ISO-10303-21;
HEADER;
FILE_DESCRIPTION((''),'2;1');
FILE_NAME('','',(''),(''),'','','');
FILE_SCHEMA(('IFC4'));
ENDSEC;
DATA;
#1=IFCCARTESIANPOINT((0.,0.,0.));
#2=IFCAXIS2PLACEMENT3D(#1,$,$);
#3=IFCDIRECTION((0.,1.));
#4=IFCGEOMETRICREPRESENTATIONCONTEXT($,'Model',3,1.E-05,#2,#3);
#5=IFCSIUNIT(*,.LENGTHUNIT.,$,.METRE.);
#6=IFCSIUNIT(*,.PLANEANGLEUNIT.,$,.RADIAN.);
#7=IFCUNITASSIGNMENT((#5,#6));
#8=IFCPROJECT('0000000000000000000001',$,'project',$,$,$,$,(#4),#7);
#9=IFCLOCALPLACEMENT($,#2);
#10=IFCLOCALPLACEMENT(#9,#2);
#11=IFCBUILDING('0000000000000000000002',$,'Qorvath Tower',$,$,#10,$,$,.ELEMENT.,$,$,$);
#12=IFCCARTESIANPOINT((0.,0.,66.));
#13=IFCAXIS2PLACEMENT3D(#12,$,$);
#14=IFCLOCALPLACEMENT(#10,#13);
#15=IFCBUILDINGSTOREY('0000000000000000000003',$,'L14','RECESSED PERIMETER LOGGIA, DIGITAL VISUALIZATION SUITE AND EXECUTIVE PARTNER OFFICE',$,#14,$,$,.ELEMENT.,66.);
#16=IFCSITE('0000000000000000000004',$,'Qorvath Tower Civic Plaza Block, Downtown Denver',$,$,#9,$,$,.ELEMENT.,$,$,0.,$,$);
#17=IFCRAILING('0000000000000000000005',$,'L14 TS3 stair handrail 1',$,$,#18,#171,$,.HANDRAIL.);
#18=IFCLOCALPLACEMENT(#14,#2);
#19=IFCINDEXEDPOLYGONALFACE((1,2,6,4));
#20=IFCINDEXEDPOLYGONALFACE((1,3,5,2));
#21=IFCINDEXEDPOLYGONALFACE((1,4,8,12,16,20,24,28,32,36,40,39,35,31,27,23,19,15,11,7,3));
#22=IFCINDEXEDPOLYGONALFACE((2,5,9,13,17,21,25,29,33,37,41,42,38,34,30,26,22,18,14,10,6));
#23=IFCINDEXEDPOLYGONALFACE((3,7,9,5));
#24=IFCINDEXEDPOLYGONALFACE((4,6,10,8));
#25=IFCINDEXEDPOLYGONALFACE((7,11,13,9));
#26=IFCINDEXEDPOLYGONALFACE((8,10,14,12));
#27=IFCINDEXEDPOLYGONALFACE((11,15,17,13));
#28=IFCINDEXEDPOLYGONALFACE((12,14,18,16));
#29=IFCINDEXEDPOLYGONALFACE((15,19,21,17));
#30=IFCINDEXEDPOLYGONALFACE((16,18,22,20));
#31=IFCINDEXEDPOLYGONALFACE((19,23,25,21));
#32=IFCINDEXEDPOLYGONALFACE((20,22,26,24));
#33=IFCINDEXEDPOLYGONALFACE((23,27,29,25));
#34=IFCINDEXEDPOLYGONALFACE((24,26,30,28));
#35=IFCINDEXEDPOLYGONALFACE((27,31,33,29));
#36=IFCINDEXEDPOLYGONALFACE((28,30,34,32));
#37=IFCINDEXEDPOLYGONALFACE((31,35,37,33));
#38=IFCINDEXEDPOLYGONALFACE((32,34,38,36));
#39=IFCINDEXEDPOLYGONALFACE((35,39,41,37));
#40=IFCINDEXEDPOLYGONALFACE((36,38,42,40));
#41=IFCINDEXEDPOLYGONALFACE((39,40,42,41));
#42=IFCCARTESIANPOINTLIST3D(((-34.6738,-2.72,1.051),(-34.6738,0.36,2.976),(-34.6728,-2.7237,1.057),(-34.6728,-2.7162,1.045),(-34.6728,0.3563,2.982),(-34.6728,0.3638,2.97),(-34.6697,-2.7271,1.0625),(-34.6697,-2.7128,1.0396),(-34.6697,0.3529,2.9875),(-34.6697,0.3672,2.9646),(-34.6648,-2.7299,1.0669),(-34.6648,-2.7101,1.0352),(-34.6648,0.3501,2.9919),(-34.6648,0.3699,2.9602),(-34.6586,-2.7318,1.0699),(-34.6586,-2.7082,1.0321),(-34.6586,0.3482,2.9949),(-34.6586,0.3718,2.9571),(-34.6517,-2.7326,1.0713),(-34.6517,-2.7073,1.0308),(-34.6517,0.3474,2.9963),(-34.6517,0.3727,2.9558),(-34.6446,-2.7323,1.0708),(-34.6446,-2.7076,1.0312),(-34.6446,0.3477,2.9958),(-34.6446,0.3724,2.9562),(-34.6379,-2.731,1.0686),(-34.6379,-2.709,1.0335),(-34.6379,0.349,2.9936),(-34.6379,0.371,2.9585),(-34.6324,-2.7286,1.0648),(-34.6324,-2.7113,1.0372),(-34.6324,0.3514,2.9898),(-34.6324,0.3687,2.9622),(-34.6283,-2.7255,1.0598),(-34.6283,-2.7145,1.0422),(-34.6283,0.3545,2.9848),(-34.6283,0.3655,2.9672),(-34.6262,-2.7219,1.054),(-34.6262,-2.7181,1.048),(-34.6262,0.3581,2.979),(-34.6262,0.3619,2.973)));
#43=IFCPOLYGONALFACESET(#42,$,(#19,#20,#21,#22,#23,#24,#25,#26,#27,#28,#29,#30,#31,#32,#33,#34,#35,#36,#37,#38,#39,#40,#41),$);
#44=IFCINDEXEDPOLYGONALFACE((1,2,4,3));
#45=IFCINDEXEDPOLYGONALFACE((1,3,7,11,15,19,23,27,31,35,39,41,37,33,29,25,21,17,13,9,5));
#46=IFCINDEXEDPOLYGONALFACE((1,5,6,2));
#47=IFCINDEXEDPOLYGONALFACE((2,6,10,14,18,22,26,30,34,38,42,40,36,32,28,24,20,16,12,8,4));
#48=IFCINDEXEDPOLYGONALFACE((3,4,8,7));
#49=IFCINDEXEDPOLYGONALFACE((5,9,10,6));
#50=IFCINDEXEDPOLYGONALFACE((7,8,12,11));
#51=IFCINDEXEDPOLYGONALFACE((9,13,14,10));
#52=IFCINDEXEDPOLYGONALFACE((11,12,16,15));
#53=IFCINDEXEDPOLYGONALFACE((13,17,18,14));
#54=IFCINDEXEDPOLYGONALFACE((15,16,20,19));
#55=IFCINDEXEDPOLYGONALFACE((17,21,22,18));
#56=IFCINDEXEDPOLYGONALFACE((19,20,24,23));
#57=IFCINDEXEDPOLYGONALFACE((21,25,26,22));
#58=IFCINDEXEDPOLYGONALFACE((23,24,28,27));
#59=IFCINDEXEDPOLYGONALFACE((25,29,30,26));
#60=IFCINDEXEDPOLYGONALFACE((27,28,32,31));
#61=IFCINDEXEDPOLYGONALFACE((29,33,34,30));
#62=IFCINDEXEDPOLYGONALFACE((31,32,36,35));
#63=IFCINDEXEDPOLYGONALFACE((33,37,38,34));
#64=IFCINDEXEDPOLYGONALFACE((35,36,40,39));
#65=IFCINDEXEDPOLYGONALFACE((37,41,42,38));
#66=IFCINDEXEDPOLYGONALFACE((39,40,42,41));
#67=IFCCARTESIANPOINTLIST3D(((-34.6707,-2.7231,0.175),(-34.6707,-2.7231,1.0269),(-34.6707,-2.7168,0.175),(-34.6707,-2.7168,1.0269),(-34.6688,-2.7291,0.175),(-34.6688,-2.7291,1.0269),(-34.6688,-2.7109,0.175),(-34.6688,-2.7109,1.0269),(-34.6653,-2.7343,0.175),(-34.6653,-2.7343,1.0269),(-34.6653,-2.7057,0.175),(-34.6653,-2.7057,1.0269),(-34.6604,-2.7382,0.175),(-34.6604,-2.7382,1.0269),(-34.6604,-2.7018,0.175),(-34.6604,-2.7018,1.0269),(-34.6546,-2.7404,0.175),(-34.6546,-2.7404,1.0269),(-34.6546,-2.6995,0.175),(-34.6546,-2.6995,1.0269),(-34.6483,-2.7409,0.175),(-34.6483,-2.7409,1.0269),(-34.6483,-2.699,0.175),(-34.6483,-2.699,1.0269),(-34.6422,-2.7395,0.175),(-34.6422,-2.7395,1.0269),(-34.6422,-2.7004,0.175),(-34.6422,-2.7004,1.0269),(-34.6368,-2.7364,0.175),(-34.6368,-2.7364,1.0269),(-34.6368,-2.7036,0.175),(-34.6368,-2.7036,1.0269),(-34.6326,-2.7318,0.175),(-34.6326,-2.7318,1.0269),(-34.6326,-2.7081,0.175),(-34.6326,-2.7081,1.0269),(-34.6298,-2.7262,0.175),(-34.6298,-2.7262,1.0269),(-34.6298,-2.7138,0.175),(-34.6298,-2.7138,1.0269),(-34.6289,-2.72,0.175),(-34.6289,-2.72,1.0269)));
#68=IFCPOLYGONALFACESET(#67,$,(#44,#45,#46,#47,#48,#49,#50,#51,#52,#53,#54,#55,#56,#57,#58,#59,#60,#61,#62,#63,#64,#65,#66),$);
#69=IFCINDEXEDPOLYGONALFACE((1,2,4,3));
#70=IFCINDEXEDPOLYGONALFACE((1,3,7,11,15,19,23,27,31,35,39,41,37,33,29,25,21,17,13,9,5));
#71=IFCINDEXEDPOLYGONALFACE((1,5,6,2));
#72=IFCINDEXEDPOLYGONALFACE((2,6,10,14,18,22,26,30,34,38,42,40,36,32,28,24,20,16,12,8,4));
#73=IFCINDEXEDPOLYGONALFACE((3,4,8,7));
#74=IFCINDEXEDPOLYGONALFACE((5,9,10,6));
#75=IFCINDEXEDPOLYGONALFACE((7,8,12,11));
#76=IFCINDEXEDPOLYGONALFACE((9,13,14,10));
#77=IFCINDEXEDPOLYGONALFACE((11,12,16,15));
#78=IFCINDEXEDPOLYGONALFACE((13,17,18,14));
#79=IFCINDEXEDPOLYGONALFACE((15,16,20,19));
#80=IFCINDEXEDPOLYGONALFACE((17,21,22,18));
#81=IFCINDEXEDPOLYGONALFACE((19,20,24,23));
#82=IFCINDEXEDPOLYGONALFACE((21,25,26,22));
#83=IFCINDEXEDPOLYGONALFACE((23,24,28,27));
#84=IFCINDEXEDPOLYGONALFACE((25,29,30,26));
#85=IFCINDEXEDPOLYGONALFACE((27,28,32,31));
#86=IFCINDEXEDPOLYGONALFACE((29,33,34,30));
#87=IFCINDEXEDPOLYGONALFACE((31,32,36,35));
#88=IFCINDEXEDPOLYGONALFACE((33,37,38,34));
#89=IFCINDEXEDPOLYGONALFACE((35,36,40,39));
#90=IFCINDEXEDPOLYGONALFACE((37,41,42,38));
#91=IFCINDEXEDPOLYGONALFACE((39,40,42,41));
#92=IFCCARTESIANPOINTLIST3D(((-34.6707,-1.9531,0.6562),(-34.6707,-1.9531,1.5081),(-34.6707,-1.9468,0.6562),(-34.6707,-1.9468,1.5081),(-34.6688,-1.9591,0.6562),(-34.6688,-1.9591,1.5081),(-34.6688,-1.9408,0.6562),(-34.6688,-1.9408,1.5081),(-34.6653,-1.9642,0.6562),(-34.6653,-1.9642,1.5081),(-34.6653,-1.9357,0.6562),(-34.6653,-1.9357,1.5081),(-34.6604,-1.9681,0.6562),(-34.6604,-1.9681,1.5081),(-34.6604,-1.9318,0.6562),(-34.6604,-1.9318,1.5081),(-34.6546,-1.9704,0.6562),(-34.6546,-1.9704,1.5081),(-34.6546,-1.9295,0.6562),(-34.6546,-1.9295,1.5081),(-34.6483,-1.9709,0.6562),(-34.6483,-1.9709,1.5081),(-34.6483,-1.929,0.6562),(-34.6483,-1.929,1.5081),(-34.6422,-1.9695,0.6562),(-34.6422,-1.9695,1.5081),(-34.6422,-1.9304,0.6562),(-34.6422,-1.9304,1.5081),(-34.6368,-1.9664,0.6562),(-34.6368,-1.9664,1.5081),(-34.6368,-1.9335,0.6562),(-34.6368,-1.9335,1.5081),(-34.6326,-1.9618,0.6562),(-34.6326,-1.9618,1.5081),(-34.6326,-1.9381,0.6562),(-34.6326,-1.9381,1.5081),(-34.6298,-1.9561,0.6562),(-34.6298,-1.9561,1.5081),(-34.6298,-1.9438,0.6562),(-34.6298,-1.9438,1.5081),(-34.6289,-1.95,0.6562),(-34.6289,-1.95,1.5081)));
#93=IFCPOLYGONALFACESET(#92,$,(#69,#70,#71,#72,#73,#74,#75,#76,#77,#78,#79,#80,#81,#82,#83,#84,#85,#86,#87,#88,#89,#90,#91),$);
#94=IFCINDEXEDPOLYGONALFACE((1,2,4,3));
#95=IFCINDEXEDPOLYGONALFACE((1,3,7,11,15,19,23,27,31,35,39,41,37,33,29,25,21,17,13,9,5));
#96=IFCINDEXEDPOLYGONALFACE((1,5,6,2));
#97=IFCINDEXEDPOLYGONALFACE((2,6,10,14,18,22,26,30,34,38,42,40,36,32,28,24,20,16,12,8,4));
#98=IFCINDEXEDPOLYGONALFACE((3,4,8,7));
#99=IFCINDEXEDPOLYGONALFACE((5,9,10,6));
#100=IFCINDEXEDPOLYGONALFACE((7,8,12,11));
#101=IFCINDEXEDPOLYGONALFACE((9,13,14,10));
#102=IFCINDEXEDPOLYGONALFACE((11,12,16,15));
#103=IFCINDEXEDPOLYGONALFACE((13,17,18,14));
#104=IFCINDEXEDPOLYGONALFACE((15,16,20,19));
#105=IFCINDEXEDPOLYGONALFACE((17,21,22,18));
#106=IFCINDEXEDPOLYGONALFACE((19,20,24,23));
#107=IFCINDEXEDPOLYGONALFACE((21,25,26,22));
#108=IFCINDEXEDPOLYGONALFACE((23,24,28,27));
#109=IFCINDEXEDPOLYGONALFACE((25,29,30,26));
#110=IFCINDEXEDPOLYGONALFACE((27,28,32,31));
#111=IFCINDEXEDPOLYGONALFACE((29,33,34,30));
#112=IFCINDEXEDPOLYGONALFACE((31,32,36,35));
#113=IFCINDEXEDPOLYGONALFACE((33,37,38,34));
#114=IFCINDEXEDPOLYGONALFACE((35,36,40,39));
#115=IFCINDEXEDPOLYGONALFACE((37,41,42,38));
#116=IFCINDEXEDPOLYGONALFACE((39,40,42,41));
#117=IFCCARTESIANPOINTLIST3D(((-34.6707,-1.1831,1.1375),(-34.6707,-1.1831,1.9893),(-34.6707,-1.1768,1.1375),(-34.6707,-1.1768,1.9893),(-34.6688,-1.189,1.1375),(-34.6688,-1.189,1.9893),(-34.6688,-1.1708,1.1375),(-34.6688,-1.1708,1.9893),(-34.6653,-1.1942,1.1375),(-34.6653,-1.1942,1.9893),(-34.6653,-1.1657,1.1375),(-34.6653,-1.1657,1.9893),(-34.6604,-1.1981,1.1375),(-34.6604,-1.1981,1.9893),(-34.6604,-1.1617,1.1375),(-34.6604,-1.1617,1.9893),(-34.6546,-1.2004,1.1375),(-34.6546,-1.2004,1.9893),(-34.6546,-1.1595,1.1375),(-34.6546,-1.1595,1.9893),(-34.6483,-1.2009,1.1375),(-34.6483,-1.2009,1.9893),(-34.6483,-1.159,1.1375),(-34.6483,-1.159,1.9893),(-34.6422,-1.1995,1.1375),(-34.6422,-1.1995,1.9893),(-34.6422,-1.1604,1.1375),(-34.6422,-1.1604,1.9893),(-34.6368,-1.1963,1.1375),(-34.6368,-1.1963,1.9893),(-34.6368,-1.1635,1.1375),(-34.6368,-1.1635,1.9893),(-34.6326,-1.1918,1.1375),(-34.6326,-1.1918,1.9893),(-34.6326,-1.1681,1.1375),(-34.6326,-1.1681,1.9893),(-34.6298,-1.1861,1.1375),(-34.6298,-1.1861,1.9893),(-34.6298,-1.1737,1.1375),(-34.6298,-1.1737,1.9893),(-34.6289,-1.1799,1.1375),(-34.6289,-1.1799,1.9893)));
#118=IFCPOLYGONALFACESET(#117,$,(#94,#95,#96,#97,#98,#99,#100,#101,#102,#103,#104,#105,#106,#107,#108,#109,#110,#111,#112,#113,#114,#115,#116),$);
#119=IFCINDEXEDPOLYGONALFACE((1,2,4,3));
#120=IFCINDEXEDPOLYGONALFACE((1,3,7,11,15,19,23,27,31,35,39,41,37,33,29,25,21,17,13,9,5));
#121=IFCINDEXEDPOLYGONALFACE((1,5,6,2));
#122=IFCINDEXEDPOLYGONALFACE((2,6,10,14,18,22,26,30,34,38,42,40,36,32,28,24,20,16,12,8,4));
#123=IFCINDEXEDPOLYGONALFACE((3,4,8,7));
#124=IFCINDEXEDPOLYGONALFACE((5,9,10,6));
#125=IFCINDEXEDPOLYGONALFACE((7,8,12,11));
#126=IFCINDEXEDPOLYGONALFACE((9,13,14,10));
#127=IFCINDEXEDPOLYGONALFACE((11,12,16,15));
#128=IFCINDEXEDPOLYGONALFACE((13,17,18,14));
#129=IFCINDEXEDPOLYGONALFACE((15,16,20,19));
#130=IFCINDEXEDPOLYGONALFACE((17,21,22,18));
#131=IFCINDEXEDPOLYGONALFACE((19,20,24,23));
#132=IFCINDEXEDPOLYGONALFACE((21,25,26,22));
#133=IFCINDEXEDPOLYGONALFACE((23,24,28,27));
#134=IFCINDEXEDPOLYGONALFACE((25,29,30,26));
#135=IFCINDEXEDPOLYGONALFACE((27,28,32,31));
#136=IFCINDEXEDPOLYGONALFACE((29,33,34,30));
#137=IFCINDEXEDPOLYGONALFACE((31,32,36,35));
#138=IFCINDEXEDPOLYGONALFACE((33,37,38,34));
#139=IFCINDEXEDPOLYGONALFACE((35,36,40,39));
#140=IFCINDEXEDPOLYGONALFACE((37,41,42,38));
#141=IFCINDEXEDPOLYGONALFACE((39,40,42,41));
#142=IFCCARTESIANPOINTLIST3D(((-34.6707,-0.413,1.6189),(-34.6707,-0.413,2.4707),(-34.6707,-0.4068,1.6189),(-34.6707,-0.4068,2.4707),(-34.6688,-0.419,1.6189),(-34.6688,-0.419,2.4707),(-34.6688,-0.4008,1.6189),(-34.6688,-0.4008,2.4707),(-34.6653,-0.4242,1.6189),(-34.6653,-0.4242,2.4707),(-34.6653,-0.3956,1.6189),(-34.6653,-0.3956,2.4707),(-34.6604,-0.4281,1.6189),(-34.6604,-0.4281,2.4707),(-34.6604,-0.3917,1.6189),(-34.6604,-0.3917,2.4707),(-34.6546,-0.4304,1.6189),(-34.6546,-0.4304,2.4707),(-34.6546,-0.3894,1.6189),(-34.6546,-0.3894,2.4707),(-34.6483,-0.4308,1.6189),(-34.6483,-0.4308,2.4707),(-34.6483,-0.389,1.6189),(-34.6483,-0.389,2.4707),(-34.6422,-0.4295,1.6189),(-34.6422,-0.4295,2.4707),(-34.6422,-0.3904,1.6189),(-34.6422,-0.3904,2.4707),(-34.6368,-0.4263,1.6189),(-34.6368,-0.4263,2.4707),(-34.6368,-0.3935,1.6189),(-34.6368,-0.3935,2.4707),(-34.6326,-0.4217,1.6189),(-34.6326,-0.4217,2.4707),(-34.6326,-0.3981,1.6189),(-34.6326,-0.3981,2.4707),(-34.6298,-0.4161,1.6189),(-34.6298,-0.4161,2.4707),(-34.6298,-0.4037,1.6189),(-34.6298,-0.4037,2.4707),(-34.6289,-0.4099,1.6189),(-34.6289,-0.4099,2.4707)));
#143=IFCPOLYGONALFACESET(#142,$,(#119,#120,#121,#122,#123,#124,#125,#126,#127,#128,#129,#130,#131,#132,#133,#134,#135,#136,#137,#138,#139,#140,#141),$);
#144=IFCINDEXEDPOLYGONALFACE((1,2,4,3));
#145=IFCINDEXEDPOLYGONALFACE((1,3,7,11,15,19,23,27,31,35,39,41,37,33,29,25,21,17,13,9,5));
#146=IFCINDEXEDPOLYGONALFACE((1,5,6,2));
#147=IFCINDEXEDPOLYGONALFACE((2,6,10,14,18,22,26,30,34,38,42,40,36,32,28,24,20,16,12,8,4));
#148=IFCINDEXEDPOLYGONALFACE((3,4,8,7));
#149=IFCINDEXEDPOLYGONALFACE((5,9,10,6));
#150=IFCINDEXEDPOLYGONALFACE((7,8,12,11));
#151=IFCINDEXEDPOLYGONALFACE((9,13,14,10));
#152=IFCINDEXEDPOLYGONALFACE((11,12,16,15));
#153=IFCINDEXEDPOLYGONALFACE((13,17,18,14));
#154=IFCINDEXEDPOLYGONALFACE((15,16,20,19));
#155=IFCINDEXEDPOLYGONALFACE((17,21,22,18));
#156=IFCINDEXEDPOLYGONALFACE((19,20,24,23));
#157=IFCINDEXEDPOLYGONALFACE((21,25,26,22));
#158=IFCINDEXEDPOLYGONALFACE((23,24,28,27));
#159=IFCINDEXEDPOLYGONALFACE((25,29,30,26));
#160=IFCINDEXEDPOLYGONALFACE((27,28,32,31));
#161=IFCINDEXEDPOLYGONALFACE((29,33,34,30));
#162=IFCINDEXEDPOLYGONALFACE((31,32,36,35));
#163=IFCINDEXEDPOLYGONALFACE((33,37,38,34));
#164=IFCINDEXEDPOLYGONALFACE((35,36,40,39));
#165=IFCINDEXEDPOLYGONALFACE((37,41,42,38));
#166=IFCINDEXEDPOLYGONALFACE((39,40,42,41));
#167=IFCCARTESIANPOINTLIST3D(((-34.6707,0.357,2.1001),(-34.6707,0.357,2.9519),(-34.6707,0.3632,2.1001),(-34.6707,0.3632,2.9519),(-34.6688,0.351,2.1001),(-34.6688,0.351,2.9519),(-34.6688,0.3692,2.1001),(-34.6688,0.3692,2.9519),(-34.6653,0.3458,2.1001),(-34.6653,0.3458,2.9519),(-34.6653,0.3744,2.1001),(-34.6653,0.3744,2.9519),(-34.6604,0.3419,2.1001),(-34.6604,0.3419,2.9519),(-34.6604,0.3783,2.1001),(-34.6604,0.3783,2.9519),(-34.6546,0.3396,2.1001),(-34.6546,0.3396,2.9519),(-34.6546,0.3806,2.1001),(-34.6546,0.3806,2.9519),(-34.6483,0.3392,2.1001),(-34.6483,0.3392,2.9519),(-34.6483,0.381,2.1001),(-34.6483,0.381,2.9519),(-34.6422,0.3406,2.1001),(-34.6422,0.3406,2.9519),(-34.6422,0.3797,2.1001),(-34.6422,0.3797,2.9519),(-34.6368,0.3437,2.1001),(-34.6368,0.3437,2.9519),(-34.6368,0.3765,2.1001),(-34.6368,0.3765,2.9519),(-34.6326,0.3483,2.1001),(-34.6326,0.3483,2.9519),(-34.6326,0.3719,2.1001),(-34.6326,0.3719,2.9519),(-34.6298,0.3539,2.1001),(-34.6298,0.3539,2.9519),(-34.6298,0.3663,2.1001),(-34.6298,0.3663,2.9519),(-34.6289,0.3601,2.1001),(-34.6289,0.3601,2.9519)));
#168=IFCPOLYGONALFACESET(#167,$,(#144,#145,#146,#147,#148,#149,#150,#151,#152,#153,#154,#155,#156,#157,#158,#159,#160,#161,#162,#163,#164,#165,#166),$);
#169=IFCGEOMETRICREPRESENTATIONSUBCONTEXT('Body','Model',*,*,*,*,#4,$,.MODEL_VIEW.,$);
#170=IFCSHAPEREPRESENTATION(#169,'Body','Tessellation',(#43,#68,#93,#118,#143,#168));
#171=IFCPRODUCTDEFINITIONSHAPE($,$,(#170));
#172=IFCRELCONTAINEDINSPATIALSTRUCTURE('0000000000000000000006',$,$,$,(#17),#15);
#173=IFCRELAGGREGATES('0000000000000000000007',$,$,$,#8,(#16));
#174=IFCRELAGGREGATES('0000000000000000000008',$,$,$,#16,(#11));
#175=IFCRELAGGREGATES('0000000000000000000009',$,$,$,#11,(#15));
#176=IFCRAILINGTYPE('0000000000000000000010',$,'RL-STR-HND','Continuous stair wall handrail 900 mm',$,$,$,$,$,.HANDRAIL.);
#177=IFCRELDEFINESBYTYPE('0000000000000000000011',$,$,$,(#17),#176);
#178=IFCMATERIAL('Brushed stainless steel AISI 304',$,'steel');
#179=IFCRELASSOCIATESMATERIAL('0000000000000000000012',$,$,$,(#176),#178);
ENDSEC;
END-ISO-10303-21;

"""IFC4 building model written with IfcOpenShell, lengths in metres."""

from ifc_helpers import new_model, si_unit, direction, frame, origin, origin_2d, place, context, subcontext, project, spatial, circle, extrude, material, type_object, element, save


model = new_model("IFC4")

# Units and contexts
model_context = context("Model", 3, precision=1e-05, world=origin(), true_north=direction((0.0, 1.0)))
body_context = subcontext(model_context, "Body", "Model", "MODEL_VIEW")
ifc_project = project(units=[si_unit("LENGTHUNIT", "METRE"), si_unit("PLANEANGLEUNIT", "RADIAN")], contexts=[model_context])

# Site, building, storey
site_placement = place(None, origin())
site = spatial("IfcSite", under=ifc_project, at=site_placement, Name="Qorvath Tower Civic Plaza Block, Downtown Denver", CompositionType="ELEMENT", RefElevation=0.0)
building_placement = place(site_placement, origin())
building = spatial("IfcBuilding", under=site, at=building_placement, Name="Qorvath Tower", CompositionType="ELEMENT")
storey_placement = place(building_placement, frame((0.0, 0.0, 66.0)))
storey = spatial("IfcBuildingStorey", under=building, at=storey_placement, Name="L14", Description="RECESSED PERIMETER LOGGIA, DIGITAL VISUALIZATION SUITE AND EXECUTIVE PARTNER OFFICE", CompositionType="ELEMENT", Elevation=66.0)

# Railing
ifc_material_1 = material(Name="Brushed stainless steel AISI 304", Category="steel")
railing_type_1 = type_object("IfcRailingType", Name="RL-STR-HND", Description="Continuous stair wall handrail 900 mm", PredefinedType="HANDRAIL", material=ifc_material_1)
railing_1_placement = place(storey_placement, frame((-34.6499, -2.72, 0.175)))
element("IfcRailing", 1, at=railing_1_placement, inside=storey, type_object=railing_type_1, Name="L14 TS3 stair handrail 1", PredefinedType="HANDRAIL", context=body_context, shape_type="SweptSolid", body=[
    extrude(circle(Radius=0.0239, at=origin_2d()), frame((0.0, 0.0, 0.876), z_axis=(0.0, 0.847998, 0.529999), x_axis=(-1.0, 0.0, 0.0)), (0.0, 0.0, 1.0), 3.6321),
    extrude(circle(Radius=0.021, at=origin_2d()), origin(), (0.0, 0.0, 1.0), 0.8518),
    extrude(circle(Radius=0.021, at=origin_2d()), frame((0.0, 0.77, 0.4812)), (0.0, 0.0, 1.0), 0.8518),
    extrude(circle(Radius=0.021, at=origin_2d()), frame((0.0, 1.54, 0.9624)), (0.0, 0.0, 1.0), 0.8518),
    extrude(circle(Radius=0.021, at=origin_2d()), frame((0.0, 2.3101, 1.4438)), (0.0, 0.0, 1.0), 0.8518),
    extrude(circle(Radius=0.021, at=origin_2d()), frame((0.0, 3.0801, 1.925)), (0.0, 0.0, 1.0), 0.8518),
])

save(model, "model.ifc")
